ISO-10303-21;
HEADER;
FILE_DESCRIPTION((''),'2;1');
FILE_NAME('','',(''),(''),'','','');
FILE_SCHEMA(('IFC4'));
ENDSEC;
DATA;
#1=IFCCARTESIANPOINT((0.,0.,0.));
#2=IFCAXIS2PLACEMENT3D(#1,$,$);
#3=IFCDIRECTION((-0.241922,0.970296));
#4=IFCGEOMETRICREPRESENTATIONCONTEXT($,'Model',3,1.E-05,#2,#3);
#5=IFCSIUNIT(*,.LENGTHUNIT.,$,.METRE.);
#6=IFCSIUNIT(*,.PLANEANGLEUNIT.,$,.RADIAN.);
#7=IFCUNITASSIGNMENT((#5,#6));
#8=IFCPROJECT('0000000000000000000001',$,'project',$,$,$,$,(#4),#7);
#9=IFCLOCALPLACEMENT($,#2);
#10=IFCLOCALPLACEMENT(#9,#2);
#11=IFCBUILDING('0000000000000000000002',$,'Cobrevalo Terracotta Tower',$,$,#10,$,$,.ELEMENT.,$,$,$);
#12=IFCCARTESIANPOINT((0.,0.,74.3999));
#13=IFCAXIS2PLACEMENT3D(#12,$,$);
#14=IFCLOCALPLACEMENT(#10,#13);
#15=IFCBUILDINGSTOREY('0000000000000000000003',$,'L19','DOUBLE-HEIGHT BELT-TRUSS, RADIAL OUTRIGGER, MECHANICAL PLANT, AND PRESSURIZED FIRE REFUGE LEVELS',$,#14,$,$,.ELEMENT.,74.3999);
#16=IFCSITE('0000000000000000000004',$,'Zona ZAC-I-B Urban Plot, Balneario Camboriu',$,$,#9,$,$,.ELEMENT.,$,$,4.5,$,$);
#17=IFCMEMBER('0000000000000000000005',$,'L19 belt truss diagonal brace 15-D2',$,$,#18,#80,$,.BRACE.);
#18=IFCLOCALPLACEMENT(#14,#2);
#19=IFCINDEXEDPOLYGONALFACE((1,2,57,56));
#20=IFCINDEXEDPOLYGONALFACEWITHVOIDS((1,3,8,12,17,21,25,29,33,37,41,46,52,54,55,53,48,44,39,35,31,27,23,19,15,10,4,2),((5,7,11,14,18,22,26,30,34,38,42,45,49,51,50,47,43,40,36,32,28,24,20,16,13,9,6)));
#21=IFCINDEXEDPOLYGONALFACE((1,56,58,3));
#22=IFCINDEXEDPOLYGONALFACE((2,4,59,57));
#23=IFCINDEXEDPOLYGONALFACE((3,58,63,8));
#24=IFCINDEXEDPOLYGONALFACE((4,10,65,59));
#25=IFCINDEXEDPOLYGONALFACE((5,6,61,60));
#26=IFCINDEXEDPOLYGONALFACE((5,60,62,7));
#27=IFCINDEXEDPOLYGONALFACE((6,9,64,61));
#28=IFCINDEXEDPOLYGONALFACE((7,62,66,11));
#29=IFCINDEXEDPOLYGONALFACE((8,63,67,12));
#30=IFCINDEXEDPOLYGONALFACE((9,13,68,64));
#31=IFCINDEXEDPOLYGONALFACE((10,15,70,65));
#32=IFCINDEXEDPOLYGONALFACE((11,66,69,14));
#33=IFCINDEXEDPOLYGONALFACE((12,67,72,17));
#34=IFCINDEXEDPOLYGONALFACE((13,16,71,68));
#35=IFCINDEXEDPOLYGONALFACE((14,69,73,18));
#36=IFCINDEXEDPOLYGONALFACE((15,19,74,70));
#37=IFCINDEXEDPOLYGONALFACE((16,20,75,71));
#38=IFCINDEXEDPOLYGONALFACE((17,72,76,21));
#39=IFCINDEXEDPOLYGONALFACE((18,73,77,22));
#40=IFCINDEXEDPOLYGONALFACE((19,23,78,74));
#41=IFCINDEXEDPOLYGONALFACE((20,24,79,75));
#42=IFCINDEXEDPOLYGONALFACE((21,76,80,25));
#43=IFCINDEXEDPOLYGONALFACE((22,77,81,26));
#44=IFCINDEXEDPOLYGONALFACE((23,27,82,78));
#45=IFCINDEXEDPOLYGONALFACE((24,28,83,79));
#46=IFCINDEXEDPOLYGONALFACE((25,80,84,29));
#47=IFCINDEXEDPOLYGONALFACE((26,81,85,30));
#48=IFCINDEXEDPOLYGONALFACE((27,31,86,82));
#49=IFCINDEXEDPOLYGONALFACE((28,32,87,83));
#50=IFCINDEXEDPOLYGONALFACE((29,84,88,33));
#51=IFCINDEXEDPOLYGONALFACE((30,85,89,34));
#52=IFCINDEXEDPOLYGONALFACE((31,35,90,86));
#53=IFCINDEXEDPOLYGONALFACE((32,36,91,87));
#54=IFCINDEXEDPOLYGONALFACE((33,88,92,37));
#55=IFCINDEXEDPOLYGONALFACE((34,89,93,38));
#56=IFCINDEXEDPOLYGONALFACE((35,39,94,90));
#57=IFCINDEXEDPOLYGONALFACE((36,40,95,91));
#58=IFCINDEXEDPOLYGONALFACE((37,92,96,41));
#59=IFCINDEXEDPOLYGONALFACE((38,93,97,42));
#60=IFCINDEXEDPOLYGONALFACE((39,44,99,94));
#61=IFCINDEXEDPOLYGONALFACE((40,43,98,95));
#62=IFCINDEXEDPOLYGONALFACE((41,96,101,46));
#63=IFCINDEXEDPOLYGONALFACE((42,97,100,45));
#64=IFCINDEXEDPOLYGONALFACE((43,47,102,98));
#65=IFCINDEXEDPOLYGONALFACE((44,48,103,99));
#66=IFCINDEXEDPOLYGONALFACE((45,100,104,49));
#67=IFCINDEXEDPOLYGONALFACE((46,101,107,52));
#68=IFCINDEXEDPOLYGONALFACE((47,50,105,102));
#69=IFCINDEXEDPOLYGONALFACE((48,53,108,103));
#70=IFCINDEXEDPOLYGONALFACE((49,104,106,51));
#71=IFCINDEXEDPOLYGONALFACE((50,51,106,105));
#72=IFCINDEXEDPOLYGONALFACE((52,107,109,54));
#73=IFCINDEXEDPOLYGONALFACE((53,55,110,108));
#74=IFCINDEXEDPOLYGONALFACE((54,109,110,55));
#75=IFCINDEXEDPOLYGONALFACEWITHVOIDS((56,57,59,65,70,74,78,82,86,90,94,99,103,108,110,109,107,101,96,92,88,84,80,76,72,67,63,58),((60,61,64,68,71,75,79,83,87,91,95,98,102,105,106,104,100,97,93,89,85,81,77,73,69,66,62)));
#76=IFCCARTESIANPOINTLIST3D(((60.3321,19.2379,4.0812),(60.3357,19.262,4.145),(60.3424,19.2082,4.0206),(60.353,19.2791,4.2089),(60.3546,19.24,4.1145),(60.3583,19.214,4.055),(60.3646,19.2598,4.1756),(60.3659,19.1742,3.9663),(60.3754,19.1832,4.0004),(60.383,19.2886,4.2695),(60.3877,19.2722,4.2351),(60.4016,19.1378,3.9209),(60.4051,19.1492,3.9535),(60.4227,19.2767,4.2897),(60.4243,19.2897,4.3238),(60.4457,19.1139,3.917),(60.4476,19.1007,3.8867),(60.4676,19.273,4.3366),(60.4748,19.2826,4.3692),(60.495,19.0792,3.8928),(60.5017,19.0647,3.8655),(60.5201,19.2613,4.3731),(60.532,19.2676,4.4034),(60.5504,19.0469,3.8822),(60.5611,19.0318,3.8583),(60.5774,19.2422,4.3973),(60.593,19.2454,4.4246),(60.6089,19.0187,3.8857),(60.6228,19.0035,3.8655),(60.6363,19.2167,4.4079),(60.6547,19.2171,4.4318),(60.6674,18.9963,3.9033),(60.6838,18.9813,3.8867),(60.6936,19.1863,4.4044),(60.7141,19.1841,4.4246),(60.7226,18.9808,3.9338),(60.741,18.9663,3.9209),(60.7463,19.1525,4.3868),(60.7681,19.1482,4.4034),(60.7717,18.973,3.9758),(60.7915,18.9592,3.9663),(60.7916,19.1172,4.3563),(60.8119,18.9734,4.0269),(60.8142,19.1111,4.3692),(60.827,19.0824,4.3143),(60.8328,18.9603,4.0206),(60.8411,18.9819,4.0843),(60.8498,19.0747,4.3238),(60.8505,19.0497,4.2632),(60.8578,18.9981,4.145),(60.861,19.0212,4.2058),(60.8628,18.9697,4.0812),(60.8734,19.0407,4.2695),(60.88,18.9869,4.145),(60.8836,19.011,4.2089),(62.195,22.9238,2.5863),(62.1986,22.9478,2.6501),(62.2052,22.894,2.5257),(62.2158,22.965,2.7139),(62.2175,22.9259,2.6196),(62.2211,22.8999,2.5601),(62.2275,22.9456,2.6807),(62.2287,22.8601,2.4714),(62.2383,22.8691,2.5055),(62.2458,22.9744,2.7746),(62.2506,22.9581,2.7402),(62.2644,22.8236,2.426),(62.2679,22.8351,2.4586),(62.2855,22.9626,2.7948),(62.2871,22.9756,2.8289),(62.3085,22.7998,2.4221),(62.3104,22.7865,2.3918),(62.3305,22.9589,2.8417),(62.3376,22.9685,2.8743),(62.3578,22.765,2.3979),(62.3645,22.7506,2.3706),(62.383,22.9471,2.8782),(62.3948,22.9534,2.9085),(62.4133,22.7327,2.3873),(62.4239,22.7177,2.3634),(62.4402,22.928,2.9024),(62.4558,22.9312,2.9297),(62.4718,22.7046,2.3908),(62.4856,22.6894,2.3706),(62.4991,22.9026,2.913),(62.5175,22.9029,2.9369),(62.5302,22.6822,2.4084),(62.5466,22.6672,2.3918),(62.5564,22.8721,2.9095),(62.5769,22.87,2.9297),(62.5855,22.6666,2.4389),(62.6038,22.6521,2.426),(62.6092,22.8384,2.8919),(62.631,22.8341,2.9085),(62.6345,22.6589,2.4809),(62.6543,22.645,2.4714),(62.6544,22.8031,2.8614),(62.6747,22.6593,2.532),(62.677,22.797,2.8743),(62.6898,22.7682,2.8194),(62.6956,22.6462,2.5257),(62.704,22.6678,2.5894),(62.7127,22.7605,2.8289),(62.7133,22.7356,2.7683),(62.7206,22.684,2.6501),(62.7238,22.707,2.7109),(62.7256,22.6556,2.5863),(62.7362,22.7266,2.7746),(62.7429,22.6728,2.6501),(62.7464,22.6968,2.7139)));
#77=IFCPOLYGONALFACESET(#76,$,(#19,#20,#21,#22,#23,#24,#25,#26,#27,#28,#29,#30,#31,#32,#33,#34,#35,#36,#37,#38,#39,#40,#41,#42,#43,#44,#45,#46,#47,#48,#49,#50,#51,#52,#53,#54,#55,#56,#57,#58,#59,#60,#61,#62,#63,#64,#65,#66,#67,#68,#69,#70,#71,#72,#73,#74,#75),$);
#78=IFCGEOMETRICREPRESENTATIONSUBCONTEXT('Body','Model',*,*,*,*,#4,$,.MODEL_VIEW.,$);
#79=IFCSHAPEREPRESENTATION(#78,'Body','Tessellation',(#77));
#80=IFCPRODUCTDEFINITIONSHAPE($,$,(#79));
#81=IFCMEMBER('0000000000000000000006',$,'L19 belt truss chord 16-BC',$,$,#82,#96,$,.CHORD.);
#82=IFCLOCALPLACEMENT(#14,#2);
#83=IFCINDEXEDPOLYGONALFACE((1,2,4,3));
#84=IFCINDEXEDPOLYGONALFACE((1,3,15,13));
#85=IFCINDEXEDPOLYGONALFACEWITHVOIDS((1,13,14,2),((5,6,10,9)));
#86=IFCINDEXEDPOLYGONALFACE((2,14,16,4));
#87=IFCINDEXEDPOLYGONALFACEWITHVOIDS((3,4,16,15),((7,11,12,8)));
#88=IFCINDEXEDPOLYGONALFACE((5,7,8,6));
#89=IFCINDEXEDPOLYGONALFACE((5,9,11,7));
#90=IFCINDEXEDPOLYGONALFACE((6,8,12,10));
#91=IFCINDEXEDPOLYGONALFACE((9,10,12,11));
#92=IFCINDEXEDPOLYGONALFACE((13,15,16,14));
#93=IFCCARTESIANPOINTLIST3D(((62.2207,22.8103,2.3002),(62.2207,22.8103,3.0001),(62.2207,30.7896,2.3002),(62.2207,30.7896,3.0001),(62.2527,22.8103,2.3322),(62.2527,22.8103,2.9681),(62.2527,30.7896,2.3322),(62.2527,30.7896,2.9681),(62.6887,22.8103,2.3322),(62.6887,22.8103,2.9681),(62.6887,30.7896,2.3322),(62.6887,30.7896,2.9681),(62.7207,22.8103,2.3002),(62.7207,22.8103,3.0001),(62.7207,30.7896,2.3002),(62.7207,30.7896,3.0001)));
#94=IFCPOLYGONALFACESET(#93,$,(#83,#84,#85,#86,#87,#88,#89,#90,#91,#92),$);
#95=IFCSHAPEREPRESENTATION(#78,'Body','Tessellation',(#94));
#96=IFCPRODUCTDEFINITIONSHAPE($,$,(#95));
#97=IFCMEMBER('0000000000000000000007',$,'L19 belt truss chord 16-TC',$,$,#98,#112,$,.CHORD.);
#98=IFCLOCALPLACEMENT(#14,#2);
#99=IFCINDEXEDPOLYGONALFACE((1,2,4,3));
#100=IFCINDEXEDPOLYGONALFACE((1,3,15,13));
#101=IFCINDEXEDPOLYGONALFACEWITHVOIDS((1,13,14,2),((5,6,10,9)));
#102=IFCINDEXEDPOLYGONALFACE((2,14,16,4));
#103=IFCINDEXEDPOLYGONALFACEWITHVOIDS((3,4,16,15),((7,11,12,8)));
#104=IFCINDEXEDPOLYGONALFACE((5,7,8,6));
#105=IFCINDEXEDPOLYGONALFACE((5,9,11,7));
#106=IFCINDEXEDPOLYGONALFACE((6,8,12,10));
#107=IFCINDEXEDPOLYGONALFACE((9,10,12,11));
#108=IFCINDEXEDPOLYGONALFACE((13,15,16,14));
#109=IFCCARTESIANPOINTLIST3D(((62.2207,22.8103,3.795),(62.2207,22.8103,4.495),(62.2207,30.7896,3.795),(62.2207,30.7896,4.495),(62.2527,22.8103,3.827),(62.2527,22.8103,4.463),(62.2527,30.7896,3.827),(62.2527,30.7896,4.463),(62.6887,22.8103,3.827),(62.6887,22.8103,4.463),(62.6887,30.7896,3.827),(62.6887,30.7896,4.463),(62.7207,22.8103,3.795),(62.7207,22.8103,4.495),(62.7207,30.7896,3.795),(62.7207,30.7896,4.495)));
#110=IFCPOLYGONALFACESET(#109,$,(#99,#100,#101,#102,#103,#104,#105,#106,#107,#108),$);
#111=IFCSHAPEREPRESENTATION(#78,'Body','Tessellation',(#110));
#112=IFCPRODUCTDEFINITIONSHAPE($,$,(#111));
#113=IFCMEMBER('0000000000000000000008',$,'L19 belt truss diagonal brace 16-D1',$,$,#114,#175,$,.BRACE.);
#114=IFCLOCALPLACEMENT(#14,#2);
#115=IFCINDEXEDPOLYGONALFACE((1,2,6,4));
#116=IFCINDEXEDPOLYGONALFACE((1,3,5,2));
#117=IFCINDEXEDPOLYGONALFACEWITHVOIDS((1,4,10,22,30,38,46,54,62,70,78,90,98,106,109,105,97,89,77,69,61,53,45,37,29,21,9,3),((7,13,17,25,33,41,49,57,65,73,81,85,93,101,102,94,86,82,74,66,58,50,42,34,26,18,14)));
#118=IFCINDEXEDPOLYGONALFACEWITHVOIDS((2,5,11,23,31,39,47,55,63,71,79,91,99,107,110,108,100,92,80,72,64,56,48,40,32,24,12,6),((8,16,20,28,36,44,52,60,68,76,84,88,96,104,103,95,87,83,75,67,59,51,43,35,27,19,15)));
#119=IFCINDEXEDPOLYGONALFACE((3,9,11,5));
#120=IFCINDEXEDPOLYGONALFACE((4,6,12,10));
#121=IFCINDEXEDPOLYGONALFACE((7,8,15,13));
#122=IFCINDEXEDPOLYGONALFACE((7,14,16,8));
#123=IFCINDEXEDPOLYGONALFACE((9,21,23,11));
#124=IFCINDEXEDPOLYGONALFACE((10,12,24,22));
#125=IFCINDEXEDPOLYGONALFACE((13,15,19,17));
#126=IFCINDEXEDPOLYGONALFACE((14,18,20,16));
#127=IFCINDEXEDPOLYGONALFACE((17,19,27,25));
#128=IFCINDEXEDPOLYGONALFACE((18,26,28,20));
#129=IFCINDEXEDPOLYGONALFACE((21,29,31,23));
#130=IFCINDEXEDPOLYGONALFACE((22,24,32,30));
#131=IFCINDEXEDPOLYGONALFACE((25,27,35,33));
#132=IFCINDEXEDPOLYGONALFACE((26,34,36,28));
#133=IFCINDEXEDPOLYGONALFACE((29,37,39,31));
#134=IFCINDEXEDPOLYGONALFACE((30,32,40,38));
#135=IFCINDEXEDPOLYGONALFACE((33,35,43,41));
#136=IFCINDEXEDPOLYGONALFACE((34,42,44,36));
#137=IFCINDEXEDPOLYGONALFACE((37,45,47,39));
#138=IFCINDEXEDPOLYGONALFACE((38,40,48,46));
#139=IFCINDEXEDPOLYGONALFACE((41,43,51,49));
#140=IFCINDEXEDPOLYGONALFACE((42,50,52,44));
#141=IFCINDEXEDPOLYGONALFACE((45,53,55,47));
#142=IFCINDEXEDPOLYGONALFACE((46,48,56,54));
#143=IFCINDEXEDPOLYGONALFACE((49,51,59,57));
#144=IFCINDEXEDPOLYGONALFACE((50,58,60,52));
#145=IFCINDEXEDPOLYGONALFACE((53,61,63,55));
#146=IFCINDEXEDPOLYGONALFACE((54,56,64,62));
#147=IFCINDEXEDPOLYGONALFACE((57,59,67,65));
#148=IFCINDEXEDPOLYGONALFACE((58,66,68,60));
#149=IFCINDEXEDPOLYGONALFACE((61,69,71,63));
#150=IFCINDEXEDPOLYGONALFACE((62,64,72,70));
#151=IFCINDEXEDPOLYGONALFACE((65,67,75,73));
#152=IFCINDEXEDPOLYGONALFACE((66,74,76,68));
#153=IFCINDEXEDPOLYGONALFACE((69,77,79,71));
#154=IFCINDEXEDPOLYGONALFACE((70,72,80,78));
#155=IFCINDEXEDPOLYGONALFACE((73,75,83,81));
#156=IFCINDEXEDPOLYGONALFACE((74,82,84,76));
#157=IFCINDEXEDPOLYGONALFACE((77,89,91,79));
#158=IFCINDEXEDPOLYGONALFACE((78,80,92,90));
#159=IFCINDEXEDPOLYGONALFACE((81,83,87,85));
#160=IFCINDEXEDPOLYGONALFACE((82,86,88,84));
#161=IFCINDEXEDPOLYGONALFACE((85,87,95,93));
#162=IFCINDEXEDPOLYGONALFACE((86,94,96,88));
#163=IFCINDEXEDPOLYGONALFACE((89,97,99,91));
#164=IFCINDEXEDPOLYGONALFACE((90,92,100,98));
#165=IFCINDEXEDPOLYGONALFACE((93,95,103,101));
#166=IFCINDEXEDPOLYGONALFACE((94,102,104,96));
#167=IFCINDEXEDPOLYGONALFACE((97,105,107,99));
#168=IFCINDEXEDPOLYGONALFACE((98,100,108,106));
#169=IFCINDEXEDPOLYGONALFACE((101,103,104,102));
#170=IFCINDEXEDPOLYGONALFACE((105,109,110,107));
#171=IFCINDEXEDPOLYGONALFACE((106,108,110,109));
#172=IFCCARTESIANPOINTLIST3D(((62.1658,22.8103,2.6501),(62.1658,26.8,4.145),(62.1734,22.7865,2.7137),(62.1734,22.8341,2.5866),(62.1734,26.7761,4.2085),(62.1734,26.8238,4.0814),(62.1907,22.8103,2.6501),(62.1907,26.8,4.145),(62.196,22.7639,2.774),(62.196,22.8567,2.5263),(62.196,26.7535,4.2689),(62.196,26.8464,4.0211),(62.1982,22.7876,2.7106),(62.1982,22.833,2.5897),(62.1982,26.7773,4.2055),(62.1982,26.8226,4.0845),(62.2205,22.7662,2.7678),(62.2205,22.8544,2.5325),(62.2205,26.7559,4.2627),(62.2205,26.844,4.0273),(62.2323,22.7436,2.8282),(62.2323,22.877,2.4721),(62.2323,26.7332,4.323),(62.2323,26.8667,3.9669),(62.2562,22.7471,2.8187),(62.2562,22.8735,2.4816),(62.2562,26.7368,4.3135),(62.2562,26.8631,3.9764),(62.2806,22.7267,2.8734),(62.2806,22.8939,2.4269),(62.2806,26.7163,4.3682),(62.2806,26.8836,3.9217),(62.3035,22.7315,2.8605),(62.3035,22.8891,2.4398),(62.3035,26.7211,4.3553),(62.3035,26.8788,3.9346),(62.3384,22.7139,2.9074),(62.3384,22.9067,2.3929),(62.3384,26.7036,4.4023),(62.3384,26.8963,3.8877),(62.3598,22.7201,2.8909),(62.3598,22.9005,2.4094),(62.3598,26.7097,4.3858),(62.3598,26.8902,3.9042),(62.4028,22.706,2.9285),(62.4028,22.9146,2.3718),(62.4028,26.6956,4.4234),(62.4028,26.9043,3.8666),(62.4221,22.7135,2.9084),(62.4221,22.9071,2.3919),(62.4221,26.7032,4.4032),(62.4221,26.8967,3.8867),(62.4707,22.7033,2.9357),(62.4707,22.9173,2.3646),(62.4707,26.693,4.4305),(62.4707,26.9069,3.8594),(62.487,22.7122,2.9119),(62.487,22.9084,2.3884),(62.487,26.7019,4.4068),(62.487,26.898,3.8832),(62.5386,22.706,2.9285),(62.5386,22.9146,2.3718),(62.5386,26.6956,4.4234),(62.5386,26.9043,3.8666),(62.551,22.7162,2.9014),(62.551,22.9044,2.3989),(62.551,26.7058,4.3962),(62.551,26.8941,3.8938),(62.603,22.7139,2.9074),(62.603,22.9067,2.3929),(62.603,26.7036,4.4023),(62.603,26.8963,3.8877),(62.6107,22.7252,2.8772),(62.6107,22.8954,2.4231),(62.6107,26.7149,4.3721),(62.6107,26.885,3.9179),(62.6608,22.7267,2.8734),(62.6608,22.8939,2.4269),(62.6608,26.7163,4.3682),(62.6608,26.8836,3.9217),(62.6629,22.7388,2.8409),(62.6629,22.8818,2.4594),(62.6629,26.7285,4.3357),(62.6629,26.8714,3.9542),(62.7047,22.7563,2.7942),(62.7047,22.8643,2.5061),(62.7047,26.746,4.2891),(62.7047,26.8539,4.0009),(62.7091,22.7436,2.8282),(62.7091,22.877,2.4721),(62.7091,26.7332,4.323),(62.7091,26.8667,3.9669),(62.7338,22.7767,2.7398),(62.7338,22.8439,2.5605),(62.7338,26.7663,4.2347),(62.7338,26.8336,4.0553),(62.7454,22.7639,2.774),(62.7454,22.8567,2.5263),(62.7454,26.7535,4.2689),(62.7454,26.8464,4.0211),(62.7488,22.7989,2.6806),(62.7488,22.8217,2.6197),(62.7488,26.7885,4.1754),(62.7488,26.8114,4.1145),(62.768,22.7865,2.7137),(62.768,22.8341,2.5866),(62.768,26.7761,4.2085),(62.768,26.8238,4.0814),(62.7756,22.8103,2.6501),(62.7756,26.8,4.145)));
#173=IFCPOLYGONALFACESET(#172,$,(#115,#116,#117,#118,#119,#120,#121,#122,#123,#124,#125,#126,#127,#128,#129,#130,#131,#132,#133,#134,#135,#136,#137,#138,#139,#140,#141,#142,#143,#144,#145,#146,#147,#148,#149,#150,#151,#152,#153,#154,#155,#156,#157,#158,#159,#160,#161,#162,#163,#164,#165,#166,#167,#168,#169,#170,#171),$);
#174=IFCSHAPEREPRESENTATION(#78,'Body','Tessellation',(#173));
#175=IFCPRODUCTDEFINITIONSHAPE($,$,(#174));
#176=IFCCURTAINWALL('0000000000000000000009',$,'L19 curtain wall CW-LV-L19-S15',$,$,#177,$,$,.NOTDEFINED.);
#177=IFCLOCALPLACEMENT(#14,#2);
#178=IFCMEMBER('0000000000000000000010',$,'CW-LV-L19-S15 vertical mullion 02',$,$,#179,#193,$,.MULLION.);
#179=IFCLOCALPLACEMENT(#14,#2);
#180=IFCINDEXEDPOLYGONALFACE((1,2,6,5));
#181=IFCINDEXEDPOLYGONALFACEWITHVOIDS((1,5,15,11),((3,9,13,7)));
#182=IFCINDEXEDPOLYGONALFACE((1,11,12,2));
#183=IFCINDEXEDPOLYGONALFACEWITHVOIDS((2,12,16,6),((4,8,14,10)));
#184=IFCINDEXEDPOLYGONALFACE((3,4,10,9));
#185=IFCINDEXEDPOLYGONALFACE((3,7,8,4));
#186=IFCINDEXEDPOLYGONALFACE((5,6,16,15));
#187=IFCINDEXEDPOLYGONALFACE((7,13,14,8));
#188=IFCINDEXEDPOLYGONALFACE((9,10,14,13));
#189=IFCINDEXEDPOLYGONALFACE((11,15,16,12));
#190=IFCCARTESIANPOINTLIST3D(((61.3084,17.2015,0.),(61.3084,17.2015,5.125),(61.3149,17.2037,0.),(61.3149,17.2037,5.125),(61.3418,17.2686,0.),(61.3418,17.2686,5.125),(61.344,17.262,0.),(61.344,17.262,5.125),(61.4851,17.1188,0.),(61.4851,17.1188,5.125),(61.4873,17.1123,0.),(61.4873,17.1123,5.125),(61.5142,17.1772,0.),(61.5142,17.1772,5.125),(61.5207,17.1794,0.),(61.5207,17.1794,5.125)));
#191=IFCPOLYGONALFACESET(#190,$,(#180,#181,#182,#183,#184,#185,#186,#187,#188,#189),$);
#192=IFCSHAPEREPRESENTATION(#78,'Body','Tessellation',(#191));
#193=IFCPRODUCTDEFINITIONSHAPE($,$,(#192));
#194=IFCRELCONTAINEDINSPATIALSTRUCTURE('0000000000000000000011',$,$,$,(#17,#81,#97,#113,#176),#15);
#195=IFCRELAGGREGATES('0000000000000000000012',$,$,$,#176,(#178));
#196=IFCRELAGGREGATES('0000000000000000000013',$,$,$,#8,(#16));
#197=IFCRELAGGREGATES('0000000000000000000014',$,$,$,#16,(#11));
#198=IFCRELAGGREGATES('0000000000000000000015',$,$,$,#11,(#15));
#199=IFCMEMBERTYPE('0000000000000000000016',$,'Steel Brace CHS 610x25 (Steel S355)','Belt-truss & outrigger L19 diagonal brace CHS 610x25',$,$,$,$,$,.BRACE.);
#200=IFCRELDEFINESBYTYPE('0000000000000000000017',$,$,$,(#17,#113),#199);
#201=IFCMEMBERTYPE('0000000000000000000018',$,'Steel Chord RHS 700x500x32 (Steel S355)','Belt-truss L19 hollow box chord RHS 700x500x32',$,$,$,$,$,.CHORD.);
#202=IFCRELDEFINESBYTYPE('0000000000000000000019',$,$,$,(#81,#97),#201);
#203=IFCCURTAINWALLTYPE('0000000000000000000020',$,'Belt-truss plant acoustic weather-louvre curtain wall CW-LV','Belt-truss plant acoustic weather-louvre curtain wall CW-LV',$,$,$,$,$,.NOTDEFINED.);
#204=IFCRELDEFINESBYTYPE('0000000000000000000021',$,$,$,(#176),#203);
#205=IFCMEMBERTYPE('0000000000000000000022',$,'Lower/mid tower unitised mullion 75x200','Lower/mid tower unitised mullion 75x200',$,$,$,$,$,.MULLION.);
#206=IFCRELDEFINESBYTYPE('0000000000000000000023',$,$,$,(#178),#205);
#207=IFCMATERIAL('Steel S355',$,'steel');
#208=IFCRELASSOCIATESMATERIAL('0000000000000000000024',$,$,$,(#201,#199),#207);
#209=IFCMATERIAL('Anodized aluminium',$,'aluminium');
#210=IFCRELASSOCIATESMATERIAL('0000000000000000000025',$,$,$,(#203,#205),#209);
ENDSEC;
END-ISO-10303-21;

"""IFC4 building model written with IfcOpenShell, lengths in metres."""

from ifc_helpers import new_model, si_unit, direction, frame, origin, origin_2d, place, context, subcontext, project, spatial, hollow_rectangle, hollow_circle, extrude, source, transform, mapped, material, material_profile, profile_set, type_object, element, aggregate, save


model = new_model("IFC4")

# Units and contexts
model_context = context("Model", 3, precision=1e-05, world=origin(), true_north=direction((-0.241922, 0.970296)))
body_context = subcontext(model_context, "Body", "Model", "MODEL_VIEW")
ifc_project = project(units=[si_unit("LENGTHUNIT", "METRE"), si_unit("PLANEANGLEUNIT", "RADIAN")], contexts=[model_context])

# Site, building, storey
site_placement = place(None, origin())
site = spatial("IfcSite", under=ifc_project, at=site_placement, Name="Zona ZAC-I-B Urban Plot, Balneario Camboriu", CompositionType="ELEMENT", RefElevation=4.5)
building_placement = place(site_placement, origin())
building = spatial("IfcBuilding", under=site, at=building_placement, Name="Cobrevalo Terracotta Tower", CompositionType="ELEMENT")
storey_placement = place(building_placement, frame((0.0, 0.0, 74.3999)))
storey = spatial("IfcBuildingStorey", under=building, at=storey_placement, Name="L19", Description="DOUBLE-HEIGHT BELT-TRUSS, RADIAL OUTRIGGER, MECHANICAL PLANT, AND PRESSURIZED FIRE REFUGE LEVELS", CompositionType="ELEMENT", Elevation=74.3999)

# Shared definitions
ifc_material_1 = material(Name="Steel S355", Category="steel")

# Members
ifc_material_profile_1 = material_profile(ifc_material_1, hollow_rectangle(XDim=0.5, YDim=0.7, WallThickness=0.032, at=origin_2d()), Name="RHS 700x500x32")
ifc_profile_set_1 = profile_set([ifc_material_profile_1], Name="Steel S355")
member_type_1 = type_object("IfcMemberType", Name="Steel Chord RHS 700x500x32 (Steel S355)", Description="Belt-truss L19 hollow box chord RHS 700x500x32", PredefinedType="CHORD", material=ifc_profile_set_1)
ifc_material_profile_2 = material_profile(ifc_material_1, hollow_circle(Radius=0.3049, WallThickness=0.0249, at=origin_2d()), Name="CHS 610x25")
ifc_profile_set_2 = profile_set([ifc_material_profile_2], Name="Steel S355")
member_type_2 = type_object("IfcMemberType", Name="Steel Brace CHS 610x25 (Steel S355)", Description="Belt-truss & outrigger L19 diagonal brace CHS 610x25", PredefinedType="BRACE", material=ifc_profile_set_2)
shared_shape_1 = source(origin(), body_context, "Body", "SweptSolid", [
    extrude(hollow_circle(Radius=0.3049, WallThickness=0.0249, at=origin_2d()), origin(), (0.0, 0.0, 1.0), 4.3921),
])
for number, where, z_axis, x_axis, name in (
    (1, (62.4707, 22.8103, 2.6501), (-0.424133, -0.839205, 0.340362), (0.892492, -0.451064, 0.0), "L19 belt truss diagonal brace 15-D2"),
):
    element("IfcMember", number, at=place(storey_placement, frame(where, z_axis=z_axis, x_axis=x_axis)), inside=storey, type_object=member_type_2, Name=name, PredefinedType="BRACE", context=body_context, shape_type="MappedRepresentation", body=[
        mapped(shared_shape_1, transform((0.0, 0.0, 0.0), scale=1.0)),
    ])
shared_shape_2 = source(origin(), body_context, "Body", "SweptSolid", [
    extrude(hollow_rectangle(XDim=0.5, YDim=0.7, WallThickness=0.032, at=origin_2d()), origin(), (0.0, 0.0, 1.0), 7.9792),
])
for number, where, z_axis, x_axis, name in (
    (2, (62.4707, 22.8103, 2.6501), (0.0, 1.0, 0.0), (-1.0, 0.0, 0.0), "L19 belt truss chord 16-BC"),
    (3, (62.4707, 22.8103, 4.145), (0.0, 1.0, 0.0), (-1.0, 0.0, 0.0), "L19 belt truss chord 16-TC"),
):
    element("IfcMember", number, at=place(storey_placement, frame(where, z_axis=z_axis, x_axis=x_axis)), inside=storey, type_object=member_type_1, Name=name, PredefinedType="CHORD", context=body_context, shape_type="MappedRepresentation", body=[
        mapped(shared_shape_2, transform((0.0, 0.0, 0.0), scale=1.0)),
    ])
shared_shape_3 = source(origin(), body_context, "Body", "SweptSolid", [
    extrude(hollow_circle(Radius=0.3049, WallThickness=0.0249, at=origin_2d()), origin(), (0.0, 0.0, 1.0), 4.2605),
])
member_1_placement = place(storey_placement, frame((62.4707, 22.8103, 2.6501), z_axis=(0.0, 0.936428, 0.35086), x_axis=(-1.0, 0.0, 0.0)))
element("IfcMember", 4, at=member_1_placement, inside=storey, type_object=member_type_2, Name="L19 belt truss diagonal brace 16-D1", PredefinedType="BRACE", context=body_context, shape_type="MappedRepresentation", body=[
    mapped(shared_shape_3, transform((0.0, 0.0, 0.0), scale=1.0)),
])

# Curtain wall, member
ifc_material_2 = material(Name="Anodized aluminium", Category="aluminium")
curtain_wall_type = type_object("IfcCurtainWallType", Name="Belt-truss plant acoustic weather-louvre curtain wall CW-LV", Description="Belt-truss plant acoustic weather-louvre curtain wall CW-LV", PredefinedType="NOTDEFINED", material=ifc_material_2)
curtain_wall_1_placement = place(storey_placement, origin())
curtain_wall_1 = element("IfcCurtainWall", 5, at=curtain_wall_1_placement, inside=storey, type_object=curtain_wall_type, Name="L19 curtain wall CW-LV-L19-S15", PredefinedType="NOTDEFINED")
ifc_material_profile_3 = material_profile(ifc_material_2, hollow_rectangle(XDim=0.075, YDim=0.2, WallThickness=0.0049, at=origin_2d()), Name="CWM 75x200")
ifc_profile_set_3 = profile_set([ifc_material_profile_3], Name="Anodized aluminium")
member_type_3 = type_object("IfcMemberType", Name="Lower/mid tower unitised mullion 75x200", Description="Lower/mid tower unitised mullion 75x200", PredefinedType="MULLION", material=ifc_profile_set_3)
shared_shape_4 = source(origin(), body_context, "Body", "SweptSolid", [
    extrude(hollow_rectangle(XDim=0.075, YDim=0.2, WallThickness=0.0049, at=origin_2d()), origin(), (0.0, 0.0, 1.0), 5.125),
])
member_2_placement = place(storey_placement, frame((61.4146, 17.1904, 0.0), z_axis=(0.0, 0.0, 1.0), x_axis=(0.44626, 0.894903, 0.0)))
member_2 = element("IfcMember", 6, at=member_2_placement, type_object=member_type_3, Name="CW-LV-L19-S15 vertical mullion 02", PredefinedType="MULLION", context=body_context, shape_type="MappedRepresentation", body=[
    mapped(shared_shape_4, transform((0.0, 0.0, 0.0), scale=1.0)),
])

aggregate(curtain_wall_1, [member_2])

save(model, "model.ifc")
